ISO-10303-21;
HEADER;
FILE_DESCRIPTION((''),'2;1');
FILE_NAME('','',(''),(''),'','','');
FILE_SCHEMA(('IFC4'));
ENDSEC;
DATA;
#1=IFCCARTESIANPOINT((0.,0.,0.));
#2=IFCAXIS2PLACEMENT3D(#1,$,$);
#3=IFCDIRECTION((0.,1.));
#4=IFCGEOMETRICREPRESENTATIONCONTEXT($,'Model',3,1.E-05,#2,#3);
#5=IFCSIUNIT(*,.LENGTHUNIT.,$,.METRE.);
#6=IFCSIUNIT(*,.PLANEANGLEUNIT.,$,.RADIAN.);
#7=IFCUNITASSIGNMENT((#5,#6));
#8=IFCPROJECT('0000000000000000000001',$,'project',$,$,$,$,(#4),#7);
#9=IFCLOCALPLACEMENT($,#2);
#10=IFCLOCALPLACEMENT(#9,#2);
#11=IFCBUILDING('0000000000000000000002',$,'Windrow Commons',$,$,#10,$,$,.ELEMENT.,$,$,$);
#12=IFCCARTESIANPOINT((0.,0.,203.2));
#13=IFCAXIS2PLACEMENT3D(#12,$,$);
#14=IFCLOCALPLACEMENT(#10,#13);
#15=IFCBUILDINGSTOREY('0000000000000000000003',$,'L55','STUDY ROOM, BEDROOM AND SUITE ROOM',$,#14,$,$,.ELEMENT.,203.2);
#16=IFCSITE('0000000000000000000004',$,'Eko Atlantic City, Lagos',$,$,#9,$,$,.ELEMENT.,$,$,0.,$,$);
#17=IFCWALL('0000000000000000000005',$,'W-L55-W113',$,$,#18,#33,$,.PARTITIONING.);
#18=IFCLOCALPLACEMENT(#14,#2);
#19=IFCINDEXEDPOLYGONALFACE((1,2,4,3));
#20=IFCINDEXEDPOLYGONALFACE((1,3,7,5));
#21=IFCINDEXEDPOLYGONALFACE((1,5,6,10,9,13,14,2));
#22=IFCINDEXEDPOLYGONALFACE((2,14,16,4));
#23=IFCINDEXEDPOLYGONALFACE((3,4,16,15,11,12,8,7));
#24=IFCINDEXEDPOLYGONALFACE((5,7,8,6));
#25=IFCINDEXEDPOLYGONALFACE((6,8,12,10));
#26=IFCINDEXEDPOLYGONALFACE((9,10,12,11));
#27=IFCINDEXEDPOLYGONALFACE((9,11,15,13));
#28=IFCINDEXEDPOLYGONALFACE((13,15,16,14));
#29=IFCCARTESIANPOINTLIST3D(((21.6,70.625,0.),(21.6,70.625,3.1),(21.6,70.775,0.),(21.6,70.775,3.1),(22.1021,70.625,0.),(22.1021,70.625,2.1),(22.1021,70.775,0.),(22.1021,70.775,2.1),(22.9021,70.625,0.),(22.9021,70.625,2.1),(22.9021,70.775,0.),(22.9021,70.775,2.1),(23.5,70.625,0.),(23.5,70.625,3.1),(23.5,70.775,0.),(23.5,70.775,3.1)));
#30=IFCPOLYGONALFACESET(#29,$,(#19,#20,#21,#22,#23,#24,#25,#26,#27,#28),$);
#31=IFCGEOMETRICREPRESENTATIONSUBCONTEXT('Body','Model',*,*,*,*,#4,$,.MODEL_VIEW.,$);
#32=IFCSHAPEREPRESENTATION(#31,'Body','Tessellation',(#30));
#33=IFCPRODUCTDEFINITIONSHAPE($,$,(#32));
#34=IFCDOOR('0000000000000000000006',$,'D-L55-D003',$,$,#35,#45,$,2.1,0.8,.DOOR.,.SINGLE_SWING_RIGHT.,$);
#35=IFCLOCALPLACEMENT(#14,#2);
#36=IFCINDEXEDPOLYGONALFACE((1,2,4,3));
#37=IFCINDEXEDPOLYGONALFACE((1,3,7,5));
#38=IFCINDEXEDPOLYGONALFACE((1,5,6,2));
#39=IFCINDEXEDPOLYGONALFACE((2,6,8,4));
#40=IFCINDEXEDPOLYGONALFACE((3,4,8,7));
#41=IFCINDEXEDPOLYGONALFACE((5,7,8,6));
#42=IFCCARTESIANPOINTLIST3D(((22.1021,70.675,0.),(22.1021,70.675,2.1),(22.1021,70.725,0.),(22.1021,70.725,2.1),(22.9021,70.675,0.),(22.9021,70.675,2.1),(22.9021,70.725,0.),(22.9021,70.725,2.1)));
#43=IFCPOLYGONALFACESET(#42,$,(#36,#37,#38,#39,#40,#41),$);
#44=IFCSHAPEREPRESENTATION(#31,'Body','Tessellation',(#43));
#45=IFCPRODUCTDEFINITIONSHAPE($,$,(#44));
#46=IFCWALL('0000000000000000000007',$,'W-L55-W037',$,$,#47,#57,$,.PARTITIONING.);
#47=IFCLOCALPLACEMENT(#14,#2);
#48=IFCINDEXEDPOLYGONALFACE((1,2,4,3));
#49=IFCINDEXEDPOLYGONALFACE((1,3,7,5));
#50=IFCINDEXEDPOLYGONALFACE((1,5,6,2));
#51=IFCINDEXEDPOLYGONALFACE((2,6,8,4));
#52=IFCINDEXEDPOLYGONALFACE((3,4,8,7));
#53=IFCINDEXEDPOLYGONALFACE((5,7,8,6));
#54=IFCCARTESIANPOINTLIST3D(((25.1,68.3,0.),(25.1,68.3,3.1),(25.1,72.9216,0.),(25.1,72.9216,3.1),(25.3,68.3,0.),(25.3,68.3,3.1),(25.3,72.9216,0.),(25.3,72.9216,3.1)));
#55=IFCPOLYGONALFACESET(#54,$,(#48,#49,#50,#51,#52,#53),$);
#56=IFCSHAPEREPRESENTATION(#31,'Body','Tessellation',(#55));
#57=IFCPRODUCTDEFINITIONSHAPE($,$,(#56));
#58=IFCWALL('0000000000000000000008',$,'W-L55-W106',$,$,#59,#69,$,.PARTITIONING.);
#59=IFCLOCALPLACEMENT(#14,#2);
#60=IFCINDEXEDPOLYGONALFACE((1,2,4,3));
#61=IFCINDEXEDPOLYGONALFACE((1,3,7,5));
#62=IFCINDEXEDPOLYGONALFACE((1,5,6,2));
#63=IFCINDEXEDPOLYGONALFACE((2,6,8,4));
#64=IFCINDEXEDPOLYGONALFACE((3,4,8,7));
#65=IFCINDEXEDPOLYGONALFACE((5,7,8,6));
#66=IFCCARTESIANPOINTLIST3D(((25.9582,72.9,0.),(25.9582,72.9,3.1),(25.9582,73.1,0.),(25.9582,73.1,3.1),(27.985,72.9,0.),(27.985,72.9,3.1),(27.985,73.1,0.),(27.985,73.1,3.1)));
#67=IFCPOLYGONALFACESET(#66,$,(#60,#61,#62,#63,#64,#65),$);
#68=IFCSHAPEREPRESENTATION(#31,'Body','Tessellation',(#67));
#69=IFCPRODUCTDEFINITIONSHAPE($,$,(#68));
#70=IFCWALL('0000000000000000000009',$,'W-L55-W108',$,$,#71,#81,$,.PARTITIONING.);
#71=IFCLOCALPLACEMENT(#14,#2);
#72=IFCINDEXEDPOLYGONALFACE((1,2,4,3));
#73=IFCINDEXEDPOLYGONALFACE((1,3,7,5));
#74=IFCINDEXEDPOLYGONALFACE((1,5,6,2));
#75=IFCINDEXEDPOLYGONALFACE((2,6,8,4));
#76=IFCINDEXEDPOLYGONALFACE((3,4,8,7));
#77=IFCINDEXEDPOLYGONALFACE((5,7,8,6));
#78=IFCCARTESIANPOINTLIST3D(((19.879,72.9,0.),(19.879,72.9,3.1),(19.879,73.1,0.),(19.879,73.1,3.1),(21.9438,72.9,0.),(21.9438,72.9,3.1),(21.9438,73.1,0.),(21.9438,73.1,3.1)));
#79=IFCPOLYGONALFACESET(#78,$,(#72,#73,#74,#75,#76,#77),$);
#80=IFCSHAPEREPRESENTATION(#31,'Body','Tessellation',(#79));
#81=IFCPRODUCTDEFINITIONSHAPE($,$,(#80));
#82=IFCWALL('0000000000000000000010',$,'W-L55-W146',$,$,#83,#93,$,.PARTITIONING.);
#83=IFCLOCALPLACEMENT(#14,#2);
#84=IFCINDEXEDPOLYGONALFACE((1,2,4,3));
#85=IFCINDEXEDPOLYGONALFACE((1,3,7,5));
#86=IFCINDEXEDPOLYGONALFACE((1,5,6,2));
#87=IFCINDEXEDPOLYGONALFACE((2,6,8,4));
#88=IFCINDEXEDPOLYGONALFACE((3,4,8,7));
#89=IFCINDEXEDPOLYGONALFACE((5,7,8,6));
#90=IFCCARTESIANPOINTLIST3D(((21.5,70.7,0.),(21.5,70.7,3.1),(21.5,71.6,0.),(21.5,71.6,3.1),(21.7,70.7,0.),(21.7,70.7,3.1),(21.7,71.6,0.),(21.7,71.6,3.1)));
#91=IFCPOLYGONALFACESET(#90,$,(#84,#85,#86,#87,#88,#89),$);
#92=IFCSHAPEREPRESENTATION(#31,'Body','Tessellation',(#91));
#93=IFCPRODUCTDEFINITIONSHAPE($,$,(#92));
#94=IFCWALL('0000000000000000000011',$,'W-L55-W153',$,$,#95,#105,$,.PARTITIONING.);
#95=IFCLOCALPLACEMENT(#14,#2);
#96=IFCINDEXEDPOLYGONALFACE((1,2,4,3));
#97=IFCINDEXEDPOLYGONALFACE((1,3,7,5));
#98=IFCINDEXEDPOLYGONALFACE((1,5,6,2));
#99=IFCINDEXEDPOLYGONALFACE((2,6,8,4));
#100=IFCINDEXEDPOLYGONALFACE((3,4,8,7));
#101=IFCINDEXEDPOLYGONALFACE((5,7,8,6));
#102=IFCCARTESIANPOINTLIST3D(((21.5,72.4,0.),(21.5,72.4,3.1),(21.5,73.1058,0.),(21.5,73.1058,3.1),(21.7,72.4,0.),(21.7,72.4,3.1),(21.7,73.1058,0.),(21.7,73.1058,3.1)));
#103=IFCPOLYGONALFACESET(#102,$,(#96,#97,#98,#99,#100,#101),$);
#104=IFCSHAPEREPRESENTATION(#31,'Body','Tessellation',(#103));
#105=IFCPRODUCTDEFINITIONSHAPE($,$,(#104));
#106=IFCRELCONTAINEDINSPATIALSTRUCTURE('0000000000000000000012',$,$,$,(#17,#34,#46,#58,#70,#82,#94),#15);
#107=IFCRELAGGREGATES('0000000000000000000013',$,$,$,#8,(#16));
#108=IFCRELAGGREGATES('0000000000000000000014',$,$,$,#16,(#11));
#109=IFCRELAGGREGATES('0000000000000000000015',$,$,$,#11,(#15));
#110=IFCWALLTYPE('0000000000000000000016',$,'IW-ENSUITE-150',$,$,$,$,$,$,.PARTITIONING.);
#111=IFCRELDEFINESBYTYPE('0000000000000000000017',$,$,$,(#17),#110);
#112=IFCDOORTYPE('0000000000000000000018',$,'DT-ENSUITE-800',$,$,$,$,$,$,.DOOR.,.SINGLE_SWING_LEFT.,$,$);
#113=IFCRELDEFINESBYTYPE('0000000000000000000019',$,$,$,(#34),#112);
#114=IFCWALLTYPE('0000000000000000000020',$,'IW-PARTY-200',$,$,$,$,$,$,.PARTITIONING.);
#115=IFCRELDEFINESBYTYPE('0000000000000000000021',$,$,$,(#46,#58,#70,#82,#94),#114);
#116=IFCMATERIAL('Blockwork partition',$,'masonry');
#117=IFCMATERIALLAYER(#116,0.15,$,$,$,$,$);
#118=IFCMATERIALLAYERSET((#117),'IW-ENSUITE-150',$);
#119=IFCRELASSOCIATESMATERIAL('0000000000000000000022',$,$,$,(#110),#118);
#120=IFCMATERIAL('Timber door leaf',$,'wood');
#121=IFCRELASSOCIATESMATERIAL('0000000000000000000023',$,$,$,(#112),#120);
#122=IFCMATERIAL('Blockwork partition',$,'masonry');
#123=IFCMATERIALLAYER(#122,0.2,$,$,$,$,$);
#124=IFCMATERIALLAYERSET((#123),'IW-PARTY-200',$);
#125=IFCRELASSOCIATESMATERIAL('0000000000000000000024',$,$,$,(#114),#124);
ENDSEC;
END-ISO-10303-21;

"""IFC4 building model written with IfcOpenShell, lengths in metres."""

from ifc_helpers import new_model, si_unit, direction, frame, frame_2d, origin, place, context, subcontext, project, spatial, rectangle, extrude, material, layer, layer_set, type_object, element, fill, save


model = new_model("IFC4")

# Units and contexts
model_context = context("Model", 3, precision=1e-05, world=origin(), true_north=direction((0.0, 1.0)))
body_context = subcontext(model_context, "Body", "Model", "MODEL_VIEW")
ifc_project = project(units=[si_unit("LENGTHUNIT", "METRE"), si_unit("PLANEANGLEUNIT", "RADIAN")], contexts=[model_context])

# Site, building, storey
site_placement = place(None, origin())
site = spatial("IfcSite", under=ifc_project, at=site_placement, Name="Eko Atlantic City, Lagos", CompositionType="ELEMENT", RefElevation=0.0)
building_placement = place(site_placement, origin())
building = spatial("IfcBuilding", under=site, at=building_placement, Name="Windrow Commons", CompositionType="ELEMENT")
storey_placement = place(building_placement, frame((0.0, 0.0, 203.2)))
storey = spatial("IfcBuildingStorey", under=building, at=storey_placement, Name="L55", Description="STUDY ROOM, BEDROOM AND SUITE ROOM", CompositionType="ELEMENT", Elevation=203.2)

# Wall, opening, door
ifc_material_1 = material(Name="Blockwork partition", Category="masonry")
ifc_layer_1 = layer(ifc_material_1, 0.15)
ifc_layer_set_1 = layer_set([ifc_layer_1], Name="IW-ENSUITE-150")
wall_type_1 = type_object("IfcWallType", Name="IW-ENSUITE-150", PredefinedType="PARTITIONING", material=ifc_layer_set_1)
wall_1_placement = place(storey_placement, frame((21.6, 70.7, 0.0), z_axis=(0.0, 0.0, 1.0), x_axis=(1.0, 0.0, 0.0)))
wall_1 = element("IfcWall", 1, at=wall_1_placement, inside=storey, type_object=wall_type_1, Name="W-L55-W113", PredefinedType="PARTITIONING", context=body_context, shape_type="SweptSolid", body=[
    extrude(rectangle(XDim=1.9, YDim=0.15, at=frame_2d((0.95, 0.0))), origin(), (0.0, 0.0, 1.0), 3.1),
])
opening_1_placement = place(wall_1_placement, frame((0.5021, 0.0, 0.0)))
opening_1 = element("IfcOpeningElement", 2, at=opening_1_placement, cuts=wall_1, PredefinedType="OPENING", context=body_context, shape_type="SweptSolid", body=[
    extrude(rectangle(XDim=0.8, YDim=2.1, at=frame_2d((0.4, 1.05))), frame((0.0, 0.085, 0.0), z_axis=(0.0, -1.0, 0.0), x_axis=(1.0, 0.0, 0.0)), (0.0, 0.0, 1.0), 0.17),
])
ifc_material_2 = material(Name="Timber door leaf", Category="wood")
door_type = type_object("IfcDoorType", Name="DT-ENSUITE-800", OperationType="SINGLE_SWING_LEFT", PredefinedType="DOOR", material=ifc_material_2)
door_placement = place(opening_1_placement, origin())
door = element("IfcDoor", 3, at=door_placement, inside=storey, type_object=door_type, Name="D-L55-D003", OperationType="SINGLE_SWING_RIGHT", OverallHeight=2.1, OverallWidth=0.8, PredefinedType="DOOR", context=body_context, shape_type="SweptSolid", body=[
    extrude(rectangle(XDim=0.8, YDim=2.1, at=frame_2d((0.4, 1.05))), frame((0.0, 0.025, 0.0), z_axis=(0.0, -1.0, 0.0), x_axis=(1.0, 0.0, 0.0)), (0.0, 0.0, 1.0), 0.05),
])
fill(opening_1, door)

# Walls
ifc_material_3 = material(Name="Blockwork partition", Category="masonry")
ifc_layer_2 = layer(ifc_material_3, 0.2)
ifc_layer_set_2 = layer_set([ifc_layer_2], Name="IW-PARTY-200")
wall_type_2 = type_object("IfcWallType", Name="IW-PARTY-200", PredefinedType="PARTITIONING", material=ifc_layer_set_2)
wall_2_placement = place(storey_placement, frame((25.2, 68.3, 0.0), z_axis=(0.0, 0.0, 1.0), x_axis=(0.0, 1.0, 0.0)))
element("IfcWall", 4, at=wall_2_placement, inside=storey, type_object=wall_type_2, Name="W-L55-W037", PredefinedType="PARTITIONING", context=body_context, shape_type="SweptSolid", body=[
    extrude(rectangle(XDim=4.6215, YDim=0.2, at=frame_2d((2.3108, 0.0))), origin(), (0.0, 0.0, 1.0), 3.1),
])
wall_3_placement = place(storey_placement, frame((25.9582, 73.0, 0.0), z_axis=(0.0, 0.0, 1.0), x_axis=(1.0, 0.0, 0.0)))
element("IfcWall", 5, at=wall_3_placement, inside=storey, type_object=wall_type_2, Name="W-L55-W106", PredefinedType="PARTITIONING", context=body_context, shape_type="SweptSolid", body=[
    extrude(rectangle(XDim=2.0269, YDim=0.2, at=frame_2d((1.0134, 0.0))), origin(), (0.0, 0.0, 1.0), 3.1),
])
wall_4_placement = place(storey_placement, frame((19.879, 73.0, 0.0), z_axis=(0.0, 0.0, 1.0), x_axis=(1.0, 0.0, 0.0)))
element("IfcWall", 6, at=wall_4_placement, inside=storey, type_object=wall_type_2, Name="W-L55-W108", PredefinedType="PARTITIONING", context=body_context, shape_type="SweptSolid", body=[
    extrude(rectangle(XDim=2.0648, YDim=0.2, at=frame_2d((1.0324, 0.0))), origin(), (0.0, 0.0, 1.0), 3.1),
])
wall_5_placement = place(storey_placement, frame((21.6, 70.7, 0.0), z_axis=(0.0, 0.0, 1.0), x_axis=(0.0, 1.0, 0.0)))
element("IfcWall", 7, at=wall_5_placement, inside=storey, type_object=wall_type_2, Name="W-L55-W146", PredefinedType="PARTITIONING", context=body_context, shape_type="SweptSolid", body=[
    extrude(rectangle(XDim=0.9, YDim=0.2, at=frame_2d((0.45, 0.0))), origin(), (0.0, 0.0, 1.0), 3.1),
])
wall_6_placement = place(storey_placement, frame((21.6, 72.4, 0.0), z_axis=(0.0, 0.0, 1.0), x_axis=(0.0, 1.0, 0.0)))
element("IfcWall", 8, at=wall_6_placement, inside=storey, type_object=wall_type_2, Name="W-L55-W153", PredefinedType="PARTITIONING", context=body_context, shape_type="SweptSolid", body=[
    extrude(rectangle(XDim=0.7059, YDim=0.2, at=frame_2d((0.3529, 0.0))), origin(), (0.0, 0.0, 1.0), 3.1),
])

save(model, "model.ifc")
